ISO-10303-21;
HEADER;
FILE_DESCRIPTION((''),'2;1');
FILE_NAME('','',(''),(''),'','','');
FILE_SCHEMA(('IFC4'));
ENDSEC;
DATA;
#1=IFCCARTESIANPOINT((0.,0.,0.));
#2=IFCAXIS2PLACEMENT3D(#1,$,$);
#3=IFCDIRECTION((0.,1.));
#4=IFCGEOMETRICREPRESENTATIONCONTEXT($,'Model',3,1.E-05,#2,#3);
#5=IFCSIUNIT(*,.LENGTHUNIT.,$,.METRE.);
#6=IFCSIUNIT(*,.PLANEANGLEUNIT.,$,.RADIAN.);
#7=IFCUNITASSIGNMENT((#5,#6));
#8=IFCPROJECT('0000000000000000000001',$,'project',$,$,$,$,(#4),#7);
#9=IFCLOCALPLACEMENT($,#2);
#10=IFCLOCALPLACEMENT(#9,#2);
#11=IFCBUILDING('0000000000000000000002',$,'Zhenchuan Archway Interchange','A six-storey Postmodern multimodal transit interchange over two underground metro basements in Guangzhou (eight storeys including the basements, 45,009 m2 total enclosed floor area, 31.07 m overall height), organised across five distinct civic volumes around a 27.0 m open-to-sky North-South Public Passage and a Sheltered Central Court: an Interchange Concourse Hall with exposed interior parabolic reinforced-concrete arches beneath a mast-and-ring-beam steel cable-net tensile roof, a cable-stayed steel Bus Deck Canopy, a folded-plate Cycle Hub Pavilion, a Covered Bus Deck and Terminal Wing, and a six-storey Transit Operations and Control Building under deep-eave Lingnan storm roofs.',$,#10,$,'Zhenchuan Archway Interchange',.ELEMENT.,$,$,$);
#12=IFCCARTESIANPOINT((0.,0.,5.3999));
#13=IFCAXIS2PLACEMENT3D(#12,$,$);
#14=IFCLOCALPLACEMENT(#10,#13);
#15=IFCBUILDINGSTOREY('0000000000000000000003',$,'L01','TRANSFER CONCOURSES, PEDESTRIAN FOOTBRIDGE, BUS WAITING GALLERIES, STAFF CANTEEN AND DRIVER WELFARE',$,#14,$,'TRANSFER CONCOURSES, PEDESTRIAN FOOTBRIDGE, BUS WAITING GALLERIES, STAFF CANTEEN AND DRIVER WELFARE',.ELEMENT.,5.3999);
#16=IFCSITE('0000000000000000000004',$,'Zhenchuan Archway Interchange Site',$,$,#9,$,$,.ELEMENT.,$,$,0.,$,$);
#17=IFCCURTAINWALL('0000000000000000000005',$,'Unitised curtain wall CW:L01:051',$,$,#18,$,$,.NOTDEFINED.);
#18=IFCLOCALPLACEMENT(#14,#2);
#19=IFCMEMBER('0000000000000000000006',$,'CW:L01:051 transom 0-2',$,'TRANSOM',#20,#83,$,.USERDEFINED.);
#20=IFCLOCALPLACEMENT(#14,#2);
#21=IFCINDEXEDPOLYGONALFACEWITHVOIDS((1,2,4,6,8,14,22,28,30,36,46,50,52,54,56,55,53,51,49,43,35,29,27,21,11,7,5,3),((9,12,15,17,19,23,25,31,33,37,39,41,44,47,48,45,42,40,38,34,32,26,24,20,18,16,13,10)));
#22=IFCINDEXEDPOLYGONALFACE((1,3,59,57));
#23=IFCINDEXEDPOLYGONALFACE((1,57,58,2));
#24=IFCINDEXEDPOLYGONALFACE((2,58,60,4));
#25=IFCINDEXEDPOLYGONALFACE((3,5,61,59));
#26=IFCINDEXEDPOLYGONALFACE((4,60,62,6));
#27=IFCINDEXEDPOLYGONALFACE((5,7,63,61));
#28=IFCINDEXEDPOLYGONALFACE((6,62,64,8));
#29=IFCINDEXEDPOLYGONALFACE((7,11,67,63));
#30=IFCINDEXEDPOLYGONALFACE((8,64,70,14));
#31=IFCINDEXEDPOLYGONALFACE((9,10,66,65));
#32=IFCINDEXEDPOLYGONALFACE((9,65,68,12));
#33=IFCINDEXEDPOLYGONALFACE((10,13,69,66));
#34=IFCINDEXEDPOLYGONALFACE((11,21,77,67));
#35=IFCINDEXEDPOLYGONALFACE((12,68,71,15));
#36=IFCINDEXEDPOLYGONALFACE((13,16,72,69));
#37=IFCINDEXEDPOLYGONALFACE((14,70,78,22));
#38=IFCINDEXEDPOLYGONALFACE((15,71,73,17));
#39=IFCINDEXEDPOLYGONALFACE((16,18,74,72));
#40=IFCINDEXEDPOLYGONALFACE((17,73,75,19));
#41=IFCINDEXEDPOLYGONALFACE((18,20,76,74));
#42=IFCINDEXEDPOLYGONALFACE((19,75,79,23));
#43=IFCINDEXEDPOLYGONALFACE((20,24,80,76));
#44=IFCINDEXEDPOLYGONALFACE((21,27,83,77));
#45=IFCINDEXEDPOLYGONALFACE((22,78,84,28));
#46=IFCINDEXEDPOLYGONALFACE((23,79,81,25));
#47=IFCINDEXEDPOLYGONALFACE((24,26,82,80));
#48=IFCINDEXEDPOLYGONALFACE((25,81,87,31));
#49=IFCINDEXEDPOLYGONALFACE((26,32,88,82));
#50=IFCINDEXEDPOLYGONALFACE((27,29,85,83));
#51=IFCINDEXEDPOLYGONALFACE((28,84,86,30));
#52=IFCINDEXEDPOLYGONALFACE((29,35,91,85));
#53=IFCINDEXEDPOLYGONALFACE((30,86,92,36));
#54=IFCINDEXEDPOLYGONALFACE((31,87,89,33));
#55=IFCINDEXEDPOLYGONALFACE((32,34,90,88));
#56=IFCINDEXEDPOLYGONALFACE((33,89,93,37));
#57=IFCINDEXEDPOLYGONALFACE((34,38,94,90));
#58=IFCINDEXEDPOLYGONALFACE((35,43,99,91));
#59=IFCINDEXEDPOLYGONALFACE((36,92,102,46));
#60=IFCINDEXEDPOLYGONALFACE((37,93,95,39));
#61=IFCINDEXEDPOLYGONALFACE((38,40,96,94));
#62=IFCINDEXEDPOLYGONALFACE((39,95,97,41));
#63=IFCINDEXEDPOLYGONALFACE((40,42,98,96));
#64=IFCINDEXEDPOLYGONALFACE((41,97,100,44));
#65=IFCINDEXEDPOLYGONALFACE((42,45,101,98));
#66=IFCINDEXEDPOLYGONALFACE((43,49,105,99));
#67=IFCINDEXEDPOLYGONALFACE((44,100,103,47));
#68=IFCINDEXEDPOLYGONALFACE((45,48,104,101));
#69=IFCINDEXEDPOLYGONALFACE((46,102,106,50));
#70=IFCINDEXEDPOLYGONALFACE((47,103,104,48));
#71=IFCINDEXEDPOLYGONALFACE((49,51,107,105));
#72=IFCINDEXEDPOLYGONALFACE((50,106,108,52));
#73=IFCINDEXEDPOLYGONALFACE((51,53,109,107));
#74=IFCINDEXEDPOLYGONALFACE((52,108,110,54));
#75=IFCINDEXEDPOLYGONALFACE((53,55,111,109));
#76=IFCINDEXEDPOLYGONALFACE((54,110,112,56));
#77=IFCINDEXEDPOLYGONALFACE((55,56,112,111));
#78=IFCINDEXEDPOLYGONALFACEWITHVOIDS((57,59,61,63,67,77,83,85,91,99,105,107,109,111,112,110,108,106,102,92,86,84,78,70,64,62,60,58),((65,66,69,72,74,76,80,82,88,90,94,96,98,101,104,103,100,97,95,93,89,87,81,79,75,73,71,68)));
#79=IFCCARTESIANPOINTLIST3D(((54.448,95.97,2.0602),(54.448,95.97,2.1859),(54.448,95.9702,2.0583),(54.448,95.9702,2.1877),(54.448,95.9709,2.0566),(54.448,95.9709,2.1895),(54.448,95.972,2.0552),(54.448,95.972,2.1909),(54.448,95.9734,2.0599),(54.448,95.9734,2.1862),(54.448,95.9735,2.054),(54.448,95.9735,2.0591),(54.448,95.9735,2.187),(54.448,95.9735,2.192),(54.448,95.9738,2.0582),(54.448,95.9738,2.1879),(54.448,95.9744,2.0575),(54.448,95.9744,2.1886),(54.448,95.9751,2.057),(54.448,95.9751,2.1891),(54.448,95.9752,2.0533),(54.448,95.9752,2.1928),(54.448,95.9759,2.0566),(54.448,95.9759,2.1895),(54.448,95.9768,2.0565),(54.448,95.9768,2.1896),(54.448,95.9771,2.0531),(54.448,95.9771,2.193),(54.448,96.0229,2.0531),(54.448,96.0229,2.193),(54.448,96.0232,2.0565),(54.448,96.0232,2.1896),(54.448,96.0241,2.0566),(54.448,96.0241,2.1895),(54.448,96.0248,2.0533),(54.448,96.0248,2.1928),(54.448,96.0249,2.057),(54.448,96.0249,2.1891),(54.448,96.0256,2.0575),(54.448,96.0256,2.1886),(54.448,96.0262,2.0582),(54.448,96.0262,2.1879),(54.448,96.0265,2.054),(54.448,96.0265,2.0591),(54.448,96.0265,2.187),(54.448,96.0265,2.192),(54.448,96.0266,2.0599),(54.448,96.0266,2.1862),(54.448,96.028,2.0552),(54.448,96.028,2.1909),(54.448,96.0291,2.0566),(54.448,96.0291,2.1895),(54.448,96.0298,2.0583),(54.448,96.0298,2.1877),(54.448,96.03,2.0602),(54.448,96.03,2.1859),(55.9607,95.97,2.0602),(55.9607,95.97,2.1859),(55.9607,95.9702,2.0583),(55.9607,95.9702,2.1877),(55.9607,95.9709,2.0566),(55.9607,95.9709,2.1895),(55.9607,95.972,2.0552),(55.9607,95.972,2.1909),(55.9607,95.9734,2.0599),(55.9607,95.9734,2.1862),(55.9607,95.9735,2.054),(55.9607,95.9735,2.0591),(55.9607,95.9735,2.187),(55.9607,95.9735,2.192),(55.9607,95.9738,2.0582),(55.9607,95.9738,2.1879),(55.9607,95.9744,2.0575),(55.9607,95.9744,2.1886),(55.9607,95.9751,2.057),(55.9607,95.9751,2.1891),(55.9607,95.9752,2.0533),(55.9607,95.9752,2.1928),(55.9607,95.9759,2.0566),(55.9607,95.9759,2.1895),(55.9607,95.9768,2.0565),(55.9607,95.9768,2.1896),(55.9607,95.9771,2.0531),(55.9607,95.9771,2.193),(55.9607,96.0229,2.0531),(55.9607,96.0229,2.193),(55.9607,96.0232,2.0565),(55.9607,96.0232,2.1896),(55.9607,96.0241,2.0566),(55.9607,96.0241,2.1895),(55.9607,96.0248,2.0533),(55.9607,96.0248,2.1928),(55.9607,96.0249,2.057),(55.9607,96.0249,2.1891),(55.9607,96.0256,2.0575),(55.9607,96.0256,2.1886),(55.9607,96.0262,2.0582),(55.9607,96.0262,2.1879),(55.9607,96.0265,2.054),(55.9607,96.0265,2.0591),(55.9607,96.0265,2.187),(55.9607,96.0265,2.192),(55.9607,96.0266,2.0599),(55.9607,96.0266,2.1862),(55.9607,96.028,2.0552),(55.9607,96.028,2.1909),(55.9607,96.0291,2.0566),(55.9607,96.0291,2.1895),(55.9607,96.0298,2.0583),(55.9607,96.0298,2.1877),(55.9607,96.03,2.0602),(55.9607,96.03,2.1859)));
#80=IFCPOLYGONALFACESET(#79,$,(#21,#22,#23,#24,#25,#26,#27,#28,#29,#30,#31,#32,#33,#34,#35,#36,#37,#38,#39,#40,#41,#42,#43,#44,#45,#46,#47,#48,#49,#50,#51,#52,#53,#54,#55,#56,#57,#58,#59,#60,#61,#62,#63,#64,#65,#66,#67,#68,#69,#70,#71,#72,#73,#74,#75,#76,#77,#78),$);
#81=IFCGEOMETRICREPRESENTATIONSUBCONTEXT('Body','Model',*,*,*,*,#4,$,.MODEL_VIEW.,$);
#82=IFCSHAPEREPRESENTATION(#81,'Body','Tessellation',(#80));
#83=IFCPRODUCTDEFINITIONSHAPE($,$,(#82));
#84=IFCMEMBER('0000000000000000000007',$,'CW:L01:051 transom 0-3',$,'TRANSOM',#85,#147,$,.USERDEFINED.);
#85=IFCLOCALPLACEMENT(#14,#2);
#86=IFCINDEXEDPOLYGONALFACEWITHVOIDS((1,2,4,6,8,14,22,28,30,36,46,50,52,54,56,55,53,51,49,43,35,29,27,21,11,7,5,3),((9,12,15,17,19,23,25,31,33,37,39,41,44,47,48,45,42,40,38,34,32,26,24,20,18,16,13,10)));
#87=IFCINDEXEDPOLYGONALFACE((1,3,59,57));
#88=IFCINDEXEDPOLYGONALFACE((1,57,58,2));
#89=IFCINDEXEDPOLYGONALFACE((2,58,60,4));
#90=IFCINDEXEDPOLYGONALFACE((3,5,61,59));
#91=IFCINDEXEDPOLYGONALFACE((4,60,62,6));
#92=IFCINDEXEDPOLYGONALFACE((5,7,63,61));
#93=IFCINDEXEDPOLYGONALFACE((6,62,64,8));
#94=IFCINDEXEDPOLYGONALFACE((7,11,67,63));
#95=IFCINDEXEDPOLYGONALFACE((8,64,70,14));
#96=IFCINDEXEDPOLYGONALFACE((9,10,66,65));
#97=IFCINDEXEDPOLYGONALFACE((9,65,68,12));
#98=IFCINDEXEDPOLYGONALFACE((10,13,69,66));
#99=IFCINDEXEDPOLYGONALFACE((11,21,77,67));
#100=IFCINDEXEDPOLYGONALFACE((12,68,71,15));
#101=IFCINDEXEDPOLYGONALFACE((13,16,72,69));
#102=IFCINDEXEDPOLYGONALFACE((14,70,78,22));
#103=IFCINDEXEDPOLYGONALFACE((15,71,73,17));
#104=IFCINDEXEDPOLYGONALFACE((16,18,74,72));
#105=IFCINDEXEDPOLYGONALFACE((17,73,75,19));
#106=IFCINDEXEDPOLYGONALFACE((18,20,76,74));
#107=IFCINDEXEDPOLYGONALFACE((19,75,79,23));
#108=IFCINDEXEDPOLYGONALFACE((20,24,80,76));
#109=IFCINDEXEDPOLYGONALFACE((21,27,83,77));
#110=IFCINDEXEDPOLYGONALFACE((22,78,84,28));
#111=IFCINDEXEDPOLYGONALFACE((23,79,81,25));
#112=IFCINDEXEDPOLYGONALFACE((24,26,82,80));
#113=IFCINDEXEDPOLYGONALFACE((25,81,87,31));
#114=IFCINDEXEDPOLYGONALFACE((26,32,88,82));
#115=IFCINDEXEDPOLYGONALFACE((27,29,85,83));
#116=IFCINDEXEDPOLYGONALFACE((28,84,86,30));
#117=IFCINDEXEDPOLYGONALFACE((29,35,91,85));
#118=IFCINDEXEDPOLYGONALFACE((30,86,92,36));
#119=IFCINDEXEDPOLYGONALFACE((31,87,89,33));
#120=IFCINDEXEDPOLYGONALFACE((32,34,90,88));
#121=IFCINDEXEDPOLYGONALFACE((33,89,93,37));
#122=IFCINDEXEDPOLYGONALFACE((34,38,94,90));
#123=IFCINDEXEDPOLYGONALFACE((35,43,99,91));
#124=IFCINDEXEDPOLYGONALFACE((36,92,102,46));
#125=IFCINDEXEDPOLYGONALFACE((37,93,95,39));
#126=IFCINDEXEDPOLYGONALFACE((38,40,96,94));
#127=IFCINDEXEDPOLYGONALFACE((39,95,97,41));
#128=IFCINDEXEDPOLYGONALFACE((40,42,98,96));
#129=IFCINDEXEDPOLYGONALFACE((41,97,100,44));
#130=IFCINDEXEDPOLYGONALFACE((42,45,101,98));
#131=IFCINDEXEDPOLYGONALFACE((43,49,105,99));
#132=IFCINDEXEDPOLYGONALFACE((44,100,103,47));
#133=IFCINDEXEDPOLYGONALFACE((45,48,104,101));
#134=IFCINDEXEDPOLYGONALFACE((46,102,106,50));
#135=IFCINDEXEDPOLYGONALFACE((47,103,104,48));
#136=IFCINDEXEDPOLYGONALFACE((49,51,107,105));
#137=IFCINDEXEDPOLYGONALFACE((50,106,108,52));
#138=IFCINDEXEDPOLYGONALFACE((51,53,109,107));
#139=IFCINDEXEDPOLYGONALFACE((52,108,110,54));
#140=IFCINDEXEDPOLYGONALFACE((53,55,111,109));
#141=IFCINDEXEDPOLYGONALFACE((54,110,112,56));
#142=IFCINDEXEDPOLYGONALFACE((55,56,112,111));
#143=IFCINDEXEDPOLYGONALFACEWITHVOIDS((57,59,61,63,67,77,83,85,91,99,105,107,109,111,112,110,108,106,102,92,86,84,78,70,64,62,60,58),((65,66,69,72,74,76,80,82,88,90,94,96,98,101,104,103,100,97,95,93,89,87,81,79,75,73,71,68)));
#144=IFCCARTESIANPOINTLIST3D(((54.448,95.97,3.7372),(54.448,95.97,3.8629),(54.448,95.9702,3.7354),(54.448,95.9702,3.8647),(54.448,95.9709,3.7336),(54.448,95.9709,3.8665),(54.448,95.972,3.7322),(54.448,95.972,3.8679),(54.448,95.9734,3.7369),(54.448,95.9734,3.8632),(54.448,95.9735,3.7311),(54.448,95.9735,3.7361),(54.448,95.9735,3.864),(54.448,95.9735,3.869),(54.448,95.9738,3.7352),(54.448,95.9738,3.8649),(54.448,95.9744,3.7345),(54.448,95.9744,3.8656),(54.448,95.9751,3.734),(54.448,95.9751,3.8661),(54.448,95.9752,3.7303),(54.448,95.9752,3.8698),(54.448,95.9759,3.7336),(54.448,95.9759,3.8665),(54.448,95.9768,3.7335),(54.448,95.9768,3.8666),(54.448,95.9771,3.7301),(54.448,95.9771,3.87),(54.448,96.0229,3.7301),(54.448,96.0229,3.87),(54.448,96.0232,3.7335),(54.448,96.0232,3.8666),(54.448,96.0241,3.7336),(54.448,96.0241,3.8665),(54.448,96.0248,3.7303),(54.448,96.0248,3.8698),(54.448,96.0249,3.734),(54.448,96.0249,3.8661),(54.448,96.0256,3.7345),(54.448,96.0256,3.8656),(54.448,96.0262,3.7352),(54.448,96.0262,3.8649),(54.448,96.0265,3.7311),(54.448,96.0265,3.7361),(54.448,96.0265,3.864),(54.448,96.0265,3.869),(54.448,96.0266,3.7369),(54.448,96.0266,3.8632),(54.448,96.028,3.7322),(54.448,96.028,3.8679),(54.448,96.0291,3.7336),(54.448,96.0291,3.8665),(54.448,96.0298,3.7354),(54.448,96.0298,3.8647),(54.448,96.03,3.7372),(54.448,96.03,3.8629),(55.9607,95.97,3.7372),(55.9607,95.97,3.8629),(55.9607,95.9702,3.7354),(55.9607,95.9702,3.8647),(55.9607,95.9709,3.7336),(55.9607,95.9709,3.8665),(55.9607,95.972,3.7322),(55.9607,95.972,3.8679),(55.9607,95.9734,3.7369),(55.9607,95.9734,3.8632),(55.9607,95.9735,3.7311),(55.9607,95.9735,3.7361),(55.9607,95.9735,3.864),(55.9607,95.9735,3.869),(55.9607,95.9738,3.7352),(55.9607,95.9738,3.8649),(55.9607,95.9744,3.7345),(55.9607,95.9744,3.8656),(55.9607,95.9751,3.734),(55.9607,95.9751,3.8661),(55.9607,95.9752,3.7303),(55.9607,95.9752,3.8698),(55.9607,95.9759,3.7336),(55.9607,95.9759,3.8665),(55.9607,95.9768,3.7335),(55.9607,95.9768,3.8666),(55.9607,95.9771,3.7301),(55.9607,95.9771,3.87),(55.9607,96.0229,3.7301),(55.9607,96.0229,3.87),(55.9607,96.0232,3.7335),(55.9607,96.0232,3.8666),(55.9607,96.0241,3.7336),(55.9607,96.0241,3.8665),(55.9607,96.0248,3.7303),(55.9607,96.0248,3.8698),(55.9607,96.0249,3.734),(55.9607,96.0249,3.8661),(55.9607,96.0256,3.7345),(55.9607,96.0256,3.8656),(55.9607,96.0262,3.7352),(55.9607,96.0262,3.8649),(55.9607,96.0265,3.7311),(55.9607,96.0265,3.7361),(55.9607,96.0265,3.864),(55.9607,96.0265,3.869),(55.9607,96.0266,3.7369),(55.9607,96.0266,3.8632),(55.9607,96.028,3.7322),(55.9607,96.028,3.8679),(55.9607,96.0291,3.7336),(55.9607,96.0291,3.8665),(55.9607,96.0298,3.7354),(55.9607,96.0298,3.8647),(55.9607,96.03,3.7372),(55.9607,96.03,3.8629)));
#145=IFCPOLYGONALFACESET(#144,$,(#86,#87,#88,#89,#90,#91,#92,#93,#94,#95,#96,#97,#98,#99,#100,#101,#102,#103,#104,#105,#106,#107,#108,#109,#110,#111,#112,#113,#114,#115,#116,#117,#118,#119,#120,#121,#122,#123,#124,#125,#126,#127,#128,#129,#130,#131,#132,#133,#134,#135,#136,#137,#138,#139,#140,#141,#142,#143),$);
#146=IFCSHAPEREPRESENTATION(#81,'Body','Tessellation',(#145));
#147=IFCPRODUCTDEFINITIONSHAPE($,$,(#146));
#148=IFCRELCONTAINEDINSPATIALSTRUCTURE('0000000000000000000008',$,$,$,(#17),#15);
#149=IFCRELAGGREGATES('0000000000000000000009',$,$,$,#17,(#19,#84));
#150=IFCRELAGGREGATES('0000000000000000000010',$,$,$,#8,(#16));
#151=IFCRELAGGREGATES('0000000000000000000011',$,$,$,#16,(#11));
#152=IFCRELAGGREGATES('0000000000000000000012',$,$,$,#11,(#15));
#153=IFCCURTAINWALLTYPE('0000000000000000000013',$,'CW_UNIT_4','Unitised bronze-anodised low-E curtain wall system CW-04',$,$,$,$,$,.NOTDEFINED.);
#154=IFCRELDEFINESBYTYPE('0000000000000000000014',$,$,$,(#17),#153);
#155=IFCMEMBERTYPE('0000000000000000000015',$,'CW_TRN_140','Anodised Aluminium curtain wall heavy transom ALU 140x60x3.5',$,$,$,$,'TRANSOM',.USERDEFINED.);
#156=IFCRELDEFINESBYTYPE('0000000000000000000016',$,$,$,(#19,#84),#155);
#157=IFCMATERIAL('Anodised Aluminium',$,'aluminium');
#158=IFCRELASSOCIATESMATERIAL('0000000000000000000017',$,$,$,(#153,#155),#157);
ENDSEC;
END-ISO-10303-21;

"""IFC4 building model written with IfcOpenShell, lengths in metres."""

from ifc_helpers import new_model, si_unit, direction, frame, origin, origin_2d, place, context, subcontext, project, spatial, hollow_rectangle, extrude, material, material_profile, profile_set, type_object, element, aggregate, save


model = new_model("IFC4")

# Units and contexts
model_context = context("Model", 3, precision=1e-05, world=origin(), true_north=direction((0.0, 1.0)))
body_context = subcontext(model_context, "Body", "Model", "MODEL_VIEW")
ifc_project = project(units=[si_unit("LENGTHUNIT", "METRE"), si_unit("PLANEANGLEUNIT", "RADIAN")], contexts=[model_context])

# Site, building, storey
site_placement = place(None, origin())
site = spatial("IfcSite", under=ifc_project, at=site_placement, Name="Zhenchuan Archway Interchange Site", CompositionType="ELEMENT", RefElevation=0.0)
building_placement = place(site_placement, origin())
building = spatial("IfcBuilding", under=site, at=building_placement, Name="Zhenchuan Archway Interchange", Description="A six-storey Postmodern multimodal transit interchange over two underground metro basements in Guangzhou (eight storeys including the basements, 45,009 m2 total enclosed floor area, 31.07 m overall height), organised across five distinct civic volumes around a 27.0 m open-to-sky North-South Public Passage and a Sheltered Central Court: an Interchange Concourse Hall with exposed interior parabolic reinforced-concrete arches beneath a mast-and-ring-beam steel cable-net tensile roof, a cable-stayed steel Bus Deck Canopy, a folded-plate Cycle Hub Pavilion, a Covered Bus Deck and Terminal Wing, and a six-storey Transit Operations and Control Building under deep-eave Lingnan storm roofs.", LongName="Zhenchuan Archway Interchange", CompositionType="ELEMENT")
storey_placement = place(building_placement, frame((0.0, 0.0, 5.3999)))
storey = spatial("IfcBuildingStorey", under=building, at=storey_placement, Name="L01", Description="TRANSFER CONCOURSES, PEDESTRIAN FOOTBRIDGE, BUS WAITING GALLERIES, STAFF CANTEEN AND DRIVER WELFARE", LongName="TRANSFER CONCOURSES, PEDESTRIAN FOOTBRIDGE, BUS WAITING GALLERIES, STAFF CANTEEN AND DRIVER WELFARE", CompositionType="ELEMENT", Elevation=5.3999)

# Curtain wall, members
ifc_material_1 = material(Name="Anodised Aluminium", Category="aluminium")
curtain_wall_type = type_object("IfcCurtainWallType", Name="CW_UNIT_4", Description="Unitised bronze-anodised low-E curtain wall system CW-04", PredefinedType="NOTDEFINED", material=ifc_material_1)
curtain_wall_placement = place(storey_placement, origin())
curtain_wall = element("IfcCurtainWall", 1, at=curtain_wall_placement, inside=storey, type_object=curtain_wall_type, Name="Unitised curtain wall CW:L01:051", PredefinedType="NOTDEFINED")
ifc_material_profile_1 = material_profile(ifc_material_1, hollow_rectangle(XDim=0.0601, YDim=0.1399, WallThickness=0.0034, InnerFilletRadius=0.0034, OuterFilletRadius=0.0071, at=origin_2d()), Name="ALU 140x60x3.5")
ifc_profile_set_1 = profile_set([ifc_material_profile_1], Name="Anodised Aluminium")
member_type_1 = type_object("IfcMemberType", Name="CW_TRN_140", Description="Anodised Aluminium curtain wall heavy transom ALU 140x60x3.5", ElementType="TRANSOM", PredefinedType="USERDEFINED", material=ifc_profile_set_1)
member_1_placement = place(storey_placement, frame((54.448, 96.0, 2.123), z_axis=(1.0, 0.0, 0.0), x_axis=(0.0, 1.0, 0.0)))
member_1 = element("IfcMember", 2, at=member_1_placement, type_object=member_type_1, Name="CW:L01:051 transom 0-2", ObjectType="TRANSOM", PredefinedType="USERDEFINED", context=body_context, shape_type="SweptSolid", body=[
    extrude(hollow_rectangle(XDim=0.0601, YDim=0.1399, WallThickness=0.0034, InnerFilletRadius=0.0034, OuterFilletRadius=0.0071, at=origin_2d()), origin(), (0.0, 0.0, 1.0), 1.5127),
])
member_2_placement = place(storey_placement, frame((54.448, 96.0, 3.8), z_axis=(1.0, 0.0, 0.0), x_axis=(0.0, 1.0, 0.0)))
member_2 = element("IfcMember", 3, at=member_2_placement, type_object=member_type_1, Name="CW:L01:051 transom 0-3", ObjectType="TRANSOM", PredefinedType="USERDEFINED", context=body_context, shape_type="SweptSolid", body=[
    extrude(hollow_rectangle(XDim=0.0601, YDim=0.1399, WallThickness=0.0034, InnerFilletRadius=0.0034, OuterFilletRadius=0.0071, at=origin_2d()), origin(), (0.0, 0.0, 1.0), 1.5127),
])

aggregate(curtain_wall, [member_1, member_2])

save(model, "model.ifc")
